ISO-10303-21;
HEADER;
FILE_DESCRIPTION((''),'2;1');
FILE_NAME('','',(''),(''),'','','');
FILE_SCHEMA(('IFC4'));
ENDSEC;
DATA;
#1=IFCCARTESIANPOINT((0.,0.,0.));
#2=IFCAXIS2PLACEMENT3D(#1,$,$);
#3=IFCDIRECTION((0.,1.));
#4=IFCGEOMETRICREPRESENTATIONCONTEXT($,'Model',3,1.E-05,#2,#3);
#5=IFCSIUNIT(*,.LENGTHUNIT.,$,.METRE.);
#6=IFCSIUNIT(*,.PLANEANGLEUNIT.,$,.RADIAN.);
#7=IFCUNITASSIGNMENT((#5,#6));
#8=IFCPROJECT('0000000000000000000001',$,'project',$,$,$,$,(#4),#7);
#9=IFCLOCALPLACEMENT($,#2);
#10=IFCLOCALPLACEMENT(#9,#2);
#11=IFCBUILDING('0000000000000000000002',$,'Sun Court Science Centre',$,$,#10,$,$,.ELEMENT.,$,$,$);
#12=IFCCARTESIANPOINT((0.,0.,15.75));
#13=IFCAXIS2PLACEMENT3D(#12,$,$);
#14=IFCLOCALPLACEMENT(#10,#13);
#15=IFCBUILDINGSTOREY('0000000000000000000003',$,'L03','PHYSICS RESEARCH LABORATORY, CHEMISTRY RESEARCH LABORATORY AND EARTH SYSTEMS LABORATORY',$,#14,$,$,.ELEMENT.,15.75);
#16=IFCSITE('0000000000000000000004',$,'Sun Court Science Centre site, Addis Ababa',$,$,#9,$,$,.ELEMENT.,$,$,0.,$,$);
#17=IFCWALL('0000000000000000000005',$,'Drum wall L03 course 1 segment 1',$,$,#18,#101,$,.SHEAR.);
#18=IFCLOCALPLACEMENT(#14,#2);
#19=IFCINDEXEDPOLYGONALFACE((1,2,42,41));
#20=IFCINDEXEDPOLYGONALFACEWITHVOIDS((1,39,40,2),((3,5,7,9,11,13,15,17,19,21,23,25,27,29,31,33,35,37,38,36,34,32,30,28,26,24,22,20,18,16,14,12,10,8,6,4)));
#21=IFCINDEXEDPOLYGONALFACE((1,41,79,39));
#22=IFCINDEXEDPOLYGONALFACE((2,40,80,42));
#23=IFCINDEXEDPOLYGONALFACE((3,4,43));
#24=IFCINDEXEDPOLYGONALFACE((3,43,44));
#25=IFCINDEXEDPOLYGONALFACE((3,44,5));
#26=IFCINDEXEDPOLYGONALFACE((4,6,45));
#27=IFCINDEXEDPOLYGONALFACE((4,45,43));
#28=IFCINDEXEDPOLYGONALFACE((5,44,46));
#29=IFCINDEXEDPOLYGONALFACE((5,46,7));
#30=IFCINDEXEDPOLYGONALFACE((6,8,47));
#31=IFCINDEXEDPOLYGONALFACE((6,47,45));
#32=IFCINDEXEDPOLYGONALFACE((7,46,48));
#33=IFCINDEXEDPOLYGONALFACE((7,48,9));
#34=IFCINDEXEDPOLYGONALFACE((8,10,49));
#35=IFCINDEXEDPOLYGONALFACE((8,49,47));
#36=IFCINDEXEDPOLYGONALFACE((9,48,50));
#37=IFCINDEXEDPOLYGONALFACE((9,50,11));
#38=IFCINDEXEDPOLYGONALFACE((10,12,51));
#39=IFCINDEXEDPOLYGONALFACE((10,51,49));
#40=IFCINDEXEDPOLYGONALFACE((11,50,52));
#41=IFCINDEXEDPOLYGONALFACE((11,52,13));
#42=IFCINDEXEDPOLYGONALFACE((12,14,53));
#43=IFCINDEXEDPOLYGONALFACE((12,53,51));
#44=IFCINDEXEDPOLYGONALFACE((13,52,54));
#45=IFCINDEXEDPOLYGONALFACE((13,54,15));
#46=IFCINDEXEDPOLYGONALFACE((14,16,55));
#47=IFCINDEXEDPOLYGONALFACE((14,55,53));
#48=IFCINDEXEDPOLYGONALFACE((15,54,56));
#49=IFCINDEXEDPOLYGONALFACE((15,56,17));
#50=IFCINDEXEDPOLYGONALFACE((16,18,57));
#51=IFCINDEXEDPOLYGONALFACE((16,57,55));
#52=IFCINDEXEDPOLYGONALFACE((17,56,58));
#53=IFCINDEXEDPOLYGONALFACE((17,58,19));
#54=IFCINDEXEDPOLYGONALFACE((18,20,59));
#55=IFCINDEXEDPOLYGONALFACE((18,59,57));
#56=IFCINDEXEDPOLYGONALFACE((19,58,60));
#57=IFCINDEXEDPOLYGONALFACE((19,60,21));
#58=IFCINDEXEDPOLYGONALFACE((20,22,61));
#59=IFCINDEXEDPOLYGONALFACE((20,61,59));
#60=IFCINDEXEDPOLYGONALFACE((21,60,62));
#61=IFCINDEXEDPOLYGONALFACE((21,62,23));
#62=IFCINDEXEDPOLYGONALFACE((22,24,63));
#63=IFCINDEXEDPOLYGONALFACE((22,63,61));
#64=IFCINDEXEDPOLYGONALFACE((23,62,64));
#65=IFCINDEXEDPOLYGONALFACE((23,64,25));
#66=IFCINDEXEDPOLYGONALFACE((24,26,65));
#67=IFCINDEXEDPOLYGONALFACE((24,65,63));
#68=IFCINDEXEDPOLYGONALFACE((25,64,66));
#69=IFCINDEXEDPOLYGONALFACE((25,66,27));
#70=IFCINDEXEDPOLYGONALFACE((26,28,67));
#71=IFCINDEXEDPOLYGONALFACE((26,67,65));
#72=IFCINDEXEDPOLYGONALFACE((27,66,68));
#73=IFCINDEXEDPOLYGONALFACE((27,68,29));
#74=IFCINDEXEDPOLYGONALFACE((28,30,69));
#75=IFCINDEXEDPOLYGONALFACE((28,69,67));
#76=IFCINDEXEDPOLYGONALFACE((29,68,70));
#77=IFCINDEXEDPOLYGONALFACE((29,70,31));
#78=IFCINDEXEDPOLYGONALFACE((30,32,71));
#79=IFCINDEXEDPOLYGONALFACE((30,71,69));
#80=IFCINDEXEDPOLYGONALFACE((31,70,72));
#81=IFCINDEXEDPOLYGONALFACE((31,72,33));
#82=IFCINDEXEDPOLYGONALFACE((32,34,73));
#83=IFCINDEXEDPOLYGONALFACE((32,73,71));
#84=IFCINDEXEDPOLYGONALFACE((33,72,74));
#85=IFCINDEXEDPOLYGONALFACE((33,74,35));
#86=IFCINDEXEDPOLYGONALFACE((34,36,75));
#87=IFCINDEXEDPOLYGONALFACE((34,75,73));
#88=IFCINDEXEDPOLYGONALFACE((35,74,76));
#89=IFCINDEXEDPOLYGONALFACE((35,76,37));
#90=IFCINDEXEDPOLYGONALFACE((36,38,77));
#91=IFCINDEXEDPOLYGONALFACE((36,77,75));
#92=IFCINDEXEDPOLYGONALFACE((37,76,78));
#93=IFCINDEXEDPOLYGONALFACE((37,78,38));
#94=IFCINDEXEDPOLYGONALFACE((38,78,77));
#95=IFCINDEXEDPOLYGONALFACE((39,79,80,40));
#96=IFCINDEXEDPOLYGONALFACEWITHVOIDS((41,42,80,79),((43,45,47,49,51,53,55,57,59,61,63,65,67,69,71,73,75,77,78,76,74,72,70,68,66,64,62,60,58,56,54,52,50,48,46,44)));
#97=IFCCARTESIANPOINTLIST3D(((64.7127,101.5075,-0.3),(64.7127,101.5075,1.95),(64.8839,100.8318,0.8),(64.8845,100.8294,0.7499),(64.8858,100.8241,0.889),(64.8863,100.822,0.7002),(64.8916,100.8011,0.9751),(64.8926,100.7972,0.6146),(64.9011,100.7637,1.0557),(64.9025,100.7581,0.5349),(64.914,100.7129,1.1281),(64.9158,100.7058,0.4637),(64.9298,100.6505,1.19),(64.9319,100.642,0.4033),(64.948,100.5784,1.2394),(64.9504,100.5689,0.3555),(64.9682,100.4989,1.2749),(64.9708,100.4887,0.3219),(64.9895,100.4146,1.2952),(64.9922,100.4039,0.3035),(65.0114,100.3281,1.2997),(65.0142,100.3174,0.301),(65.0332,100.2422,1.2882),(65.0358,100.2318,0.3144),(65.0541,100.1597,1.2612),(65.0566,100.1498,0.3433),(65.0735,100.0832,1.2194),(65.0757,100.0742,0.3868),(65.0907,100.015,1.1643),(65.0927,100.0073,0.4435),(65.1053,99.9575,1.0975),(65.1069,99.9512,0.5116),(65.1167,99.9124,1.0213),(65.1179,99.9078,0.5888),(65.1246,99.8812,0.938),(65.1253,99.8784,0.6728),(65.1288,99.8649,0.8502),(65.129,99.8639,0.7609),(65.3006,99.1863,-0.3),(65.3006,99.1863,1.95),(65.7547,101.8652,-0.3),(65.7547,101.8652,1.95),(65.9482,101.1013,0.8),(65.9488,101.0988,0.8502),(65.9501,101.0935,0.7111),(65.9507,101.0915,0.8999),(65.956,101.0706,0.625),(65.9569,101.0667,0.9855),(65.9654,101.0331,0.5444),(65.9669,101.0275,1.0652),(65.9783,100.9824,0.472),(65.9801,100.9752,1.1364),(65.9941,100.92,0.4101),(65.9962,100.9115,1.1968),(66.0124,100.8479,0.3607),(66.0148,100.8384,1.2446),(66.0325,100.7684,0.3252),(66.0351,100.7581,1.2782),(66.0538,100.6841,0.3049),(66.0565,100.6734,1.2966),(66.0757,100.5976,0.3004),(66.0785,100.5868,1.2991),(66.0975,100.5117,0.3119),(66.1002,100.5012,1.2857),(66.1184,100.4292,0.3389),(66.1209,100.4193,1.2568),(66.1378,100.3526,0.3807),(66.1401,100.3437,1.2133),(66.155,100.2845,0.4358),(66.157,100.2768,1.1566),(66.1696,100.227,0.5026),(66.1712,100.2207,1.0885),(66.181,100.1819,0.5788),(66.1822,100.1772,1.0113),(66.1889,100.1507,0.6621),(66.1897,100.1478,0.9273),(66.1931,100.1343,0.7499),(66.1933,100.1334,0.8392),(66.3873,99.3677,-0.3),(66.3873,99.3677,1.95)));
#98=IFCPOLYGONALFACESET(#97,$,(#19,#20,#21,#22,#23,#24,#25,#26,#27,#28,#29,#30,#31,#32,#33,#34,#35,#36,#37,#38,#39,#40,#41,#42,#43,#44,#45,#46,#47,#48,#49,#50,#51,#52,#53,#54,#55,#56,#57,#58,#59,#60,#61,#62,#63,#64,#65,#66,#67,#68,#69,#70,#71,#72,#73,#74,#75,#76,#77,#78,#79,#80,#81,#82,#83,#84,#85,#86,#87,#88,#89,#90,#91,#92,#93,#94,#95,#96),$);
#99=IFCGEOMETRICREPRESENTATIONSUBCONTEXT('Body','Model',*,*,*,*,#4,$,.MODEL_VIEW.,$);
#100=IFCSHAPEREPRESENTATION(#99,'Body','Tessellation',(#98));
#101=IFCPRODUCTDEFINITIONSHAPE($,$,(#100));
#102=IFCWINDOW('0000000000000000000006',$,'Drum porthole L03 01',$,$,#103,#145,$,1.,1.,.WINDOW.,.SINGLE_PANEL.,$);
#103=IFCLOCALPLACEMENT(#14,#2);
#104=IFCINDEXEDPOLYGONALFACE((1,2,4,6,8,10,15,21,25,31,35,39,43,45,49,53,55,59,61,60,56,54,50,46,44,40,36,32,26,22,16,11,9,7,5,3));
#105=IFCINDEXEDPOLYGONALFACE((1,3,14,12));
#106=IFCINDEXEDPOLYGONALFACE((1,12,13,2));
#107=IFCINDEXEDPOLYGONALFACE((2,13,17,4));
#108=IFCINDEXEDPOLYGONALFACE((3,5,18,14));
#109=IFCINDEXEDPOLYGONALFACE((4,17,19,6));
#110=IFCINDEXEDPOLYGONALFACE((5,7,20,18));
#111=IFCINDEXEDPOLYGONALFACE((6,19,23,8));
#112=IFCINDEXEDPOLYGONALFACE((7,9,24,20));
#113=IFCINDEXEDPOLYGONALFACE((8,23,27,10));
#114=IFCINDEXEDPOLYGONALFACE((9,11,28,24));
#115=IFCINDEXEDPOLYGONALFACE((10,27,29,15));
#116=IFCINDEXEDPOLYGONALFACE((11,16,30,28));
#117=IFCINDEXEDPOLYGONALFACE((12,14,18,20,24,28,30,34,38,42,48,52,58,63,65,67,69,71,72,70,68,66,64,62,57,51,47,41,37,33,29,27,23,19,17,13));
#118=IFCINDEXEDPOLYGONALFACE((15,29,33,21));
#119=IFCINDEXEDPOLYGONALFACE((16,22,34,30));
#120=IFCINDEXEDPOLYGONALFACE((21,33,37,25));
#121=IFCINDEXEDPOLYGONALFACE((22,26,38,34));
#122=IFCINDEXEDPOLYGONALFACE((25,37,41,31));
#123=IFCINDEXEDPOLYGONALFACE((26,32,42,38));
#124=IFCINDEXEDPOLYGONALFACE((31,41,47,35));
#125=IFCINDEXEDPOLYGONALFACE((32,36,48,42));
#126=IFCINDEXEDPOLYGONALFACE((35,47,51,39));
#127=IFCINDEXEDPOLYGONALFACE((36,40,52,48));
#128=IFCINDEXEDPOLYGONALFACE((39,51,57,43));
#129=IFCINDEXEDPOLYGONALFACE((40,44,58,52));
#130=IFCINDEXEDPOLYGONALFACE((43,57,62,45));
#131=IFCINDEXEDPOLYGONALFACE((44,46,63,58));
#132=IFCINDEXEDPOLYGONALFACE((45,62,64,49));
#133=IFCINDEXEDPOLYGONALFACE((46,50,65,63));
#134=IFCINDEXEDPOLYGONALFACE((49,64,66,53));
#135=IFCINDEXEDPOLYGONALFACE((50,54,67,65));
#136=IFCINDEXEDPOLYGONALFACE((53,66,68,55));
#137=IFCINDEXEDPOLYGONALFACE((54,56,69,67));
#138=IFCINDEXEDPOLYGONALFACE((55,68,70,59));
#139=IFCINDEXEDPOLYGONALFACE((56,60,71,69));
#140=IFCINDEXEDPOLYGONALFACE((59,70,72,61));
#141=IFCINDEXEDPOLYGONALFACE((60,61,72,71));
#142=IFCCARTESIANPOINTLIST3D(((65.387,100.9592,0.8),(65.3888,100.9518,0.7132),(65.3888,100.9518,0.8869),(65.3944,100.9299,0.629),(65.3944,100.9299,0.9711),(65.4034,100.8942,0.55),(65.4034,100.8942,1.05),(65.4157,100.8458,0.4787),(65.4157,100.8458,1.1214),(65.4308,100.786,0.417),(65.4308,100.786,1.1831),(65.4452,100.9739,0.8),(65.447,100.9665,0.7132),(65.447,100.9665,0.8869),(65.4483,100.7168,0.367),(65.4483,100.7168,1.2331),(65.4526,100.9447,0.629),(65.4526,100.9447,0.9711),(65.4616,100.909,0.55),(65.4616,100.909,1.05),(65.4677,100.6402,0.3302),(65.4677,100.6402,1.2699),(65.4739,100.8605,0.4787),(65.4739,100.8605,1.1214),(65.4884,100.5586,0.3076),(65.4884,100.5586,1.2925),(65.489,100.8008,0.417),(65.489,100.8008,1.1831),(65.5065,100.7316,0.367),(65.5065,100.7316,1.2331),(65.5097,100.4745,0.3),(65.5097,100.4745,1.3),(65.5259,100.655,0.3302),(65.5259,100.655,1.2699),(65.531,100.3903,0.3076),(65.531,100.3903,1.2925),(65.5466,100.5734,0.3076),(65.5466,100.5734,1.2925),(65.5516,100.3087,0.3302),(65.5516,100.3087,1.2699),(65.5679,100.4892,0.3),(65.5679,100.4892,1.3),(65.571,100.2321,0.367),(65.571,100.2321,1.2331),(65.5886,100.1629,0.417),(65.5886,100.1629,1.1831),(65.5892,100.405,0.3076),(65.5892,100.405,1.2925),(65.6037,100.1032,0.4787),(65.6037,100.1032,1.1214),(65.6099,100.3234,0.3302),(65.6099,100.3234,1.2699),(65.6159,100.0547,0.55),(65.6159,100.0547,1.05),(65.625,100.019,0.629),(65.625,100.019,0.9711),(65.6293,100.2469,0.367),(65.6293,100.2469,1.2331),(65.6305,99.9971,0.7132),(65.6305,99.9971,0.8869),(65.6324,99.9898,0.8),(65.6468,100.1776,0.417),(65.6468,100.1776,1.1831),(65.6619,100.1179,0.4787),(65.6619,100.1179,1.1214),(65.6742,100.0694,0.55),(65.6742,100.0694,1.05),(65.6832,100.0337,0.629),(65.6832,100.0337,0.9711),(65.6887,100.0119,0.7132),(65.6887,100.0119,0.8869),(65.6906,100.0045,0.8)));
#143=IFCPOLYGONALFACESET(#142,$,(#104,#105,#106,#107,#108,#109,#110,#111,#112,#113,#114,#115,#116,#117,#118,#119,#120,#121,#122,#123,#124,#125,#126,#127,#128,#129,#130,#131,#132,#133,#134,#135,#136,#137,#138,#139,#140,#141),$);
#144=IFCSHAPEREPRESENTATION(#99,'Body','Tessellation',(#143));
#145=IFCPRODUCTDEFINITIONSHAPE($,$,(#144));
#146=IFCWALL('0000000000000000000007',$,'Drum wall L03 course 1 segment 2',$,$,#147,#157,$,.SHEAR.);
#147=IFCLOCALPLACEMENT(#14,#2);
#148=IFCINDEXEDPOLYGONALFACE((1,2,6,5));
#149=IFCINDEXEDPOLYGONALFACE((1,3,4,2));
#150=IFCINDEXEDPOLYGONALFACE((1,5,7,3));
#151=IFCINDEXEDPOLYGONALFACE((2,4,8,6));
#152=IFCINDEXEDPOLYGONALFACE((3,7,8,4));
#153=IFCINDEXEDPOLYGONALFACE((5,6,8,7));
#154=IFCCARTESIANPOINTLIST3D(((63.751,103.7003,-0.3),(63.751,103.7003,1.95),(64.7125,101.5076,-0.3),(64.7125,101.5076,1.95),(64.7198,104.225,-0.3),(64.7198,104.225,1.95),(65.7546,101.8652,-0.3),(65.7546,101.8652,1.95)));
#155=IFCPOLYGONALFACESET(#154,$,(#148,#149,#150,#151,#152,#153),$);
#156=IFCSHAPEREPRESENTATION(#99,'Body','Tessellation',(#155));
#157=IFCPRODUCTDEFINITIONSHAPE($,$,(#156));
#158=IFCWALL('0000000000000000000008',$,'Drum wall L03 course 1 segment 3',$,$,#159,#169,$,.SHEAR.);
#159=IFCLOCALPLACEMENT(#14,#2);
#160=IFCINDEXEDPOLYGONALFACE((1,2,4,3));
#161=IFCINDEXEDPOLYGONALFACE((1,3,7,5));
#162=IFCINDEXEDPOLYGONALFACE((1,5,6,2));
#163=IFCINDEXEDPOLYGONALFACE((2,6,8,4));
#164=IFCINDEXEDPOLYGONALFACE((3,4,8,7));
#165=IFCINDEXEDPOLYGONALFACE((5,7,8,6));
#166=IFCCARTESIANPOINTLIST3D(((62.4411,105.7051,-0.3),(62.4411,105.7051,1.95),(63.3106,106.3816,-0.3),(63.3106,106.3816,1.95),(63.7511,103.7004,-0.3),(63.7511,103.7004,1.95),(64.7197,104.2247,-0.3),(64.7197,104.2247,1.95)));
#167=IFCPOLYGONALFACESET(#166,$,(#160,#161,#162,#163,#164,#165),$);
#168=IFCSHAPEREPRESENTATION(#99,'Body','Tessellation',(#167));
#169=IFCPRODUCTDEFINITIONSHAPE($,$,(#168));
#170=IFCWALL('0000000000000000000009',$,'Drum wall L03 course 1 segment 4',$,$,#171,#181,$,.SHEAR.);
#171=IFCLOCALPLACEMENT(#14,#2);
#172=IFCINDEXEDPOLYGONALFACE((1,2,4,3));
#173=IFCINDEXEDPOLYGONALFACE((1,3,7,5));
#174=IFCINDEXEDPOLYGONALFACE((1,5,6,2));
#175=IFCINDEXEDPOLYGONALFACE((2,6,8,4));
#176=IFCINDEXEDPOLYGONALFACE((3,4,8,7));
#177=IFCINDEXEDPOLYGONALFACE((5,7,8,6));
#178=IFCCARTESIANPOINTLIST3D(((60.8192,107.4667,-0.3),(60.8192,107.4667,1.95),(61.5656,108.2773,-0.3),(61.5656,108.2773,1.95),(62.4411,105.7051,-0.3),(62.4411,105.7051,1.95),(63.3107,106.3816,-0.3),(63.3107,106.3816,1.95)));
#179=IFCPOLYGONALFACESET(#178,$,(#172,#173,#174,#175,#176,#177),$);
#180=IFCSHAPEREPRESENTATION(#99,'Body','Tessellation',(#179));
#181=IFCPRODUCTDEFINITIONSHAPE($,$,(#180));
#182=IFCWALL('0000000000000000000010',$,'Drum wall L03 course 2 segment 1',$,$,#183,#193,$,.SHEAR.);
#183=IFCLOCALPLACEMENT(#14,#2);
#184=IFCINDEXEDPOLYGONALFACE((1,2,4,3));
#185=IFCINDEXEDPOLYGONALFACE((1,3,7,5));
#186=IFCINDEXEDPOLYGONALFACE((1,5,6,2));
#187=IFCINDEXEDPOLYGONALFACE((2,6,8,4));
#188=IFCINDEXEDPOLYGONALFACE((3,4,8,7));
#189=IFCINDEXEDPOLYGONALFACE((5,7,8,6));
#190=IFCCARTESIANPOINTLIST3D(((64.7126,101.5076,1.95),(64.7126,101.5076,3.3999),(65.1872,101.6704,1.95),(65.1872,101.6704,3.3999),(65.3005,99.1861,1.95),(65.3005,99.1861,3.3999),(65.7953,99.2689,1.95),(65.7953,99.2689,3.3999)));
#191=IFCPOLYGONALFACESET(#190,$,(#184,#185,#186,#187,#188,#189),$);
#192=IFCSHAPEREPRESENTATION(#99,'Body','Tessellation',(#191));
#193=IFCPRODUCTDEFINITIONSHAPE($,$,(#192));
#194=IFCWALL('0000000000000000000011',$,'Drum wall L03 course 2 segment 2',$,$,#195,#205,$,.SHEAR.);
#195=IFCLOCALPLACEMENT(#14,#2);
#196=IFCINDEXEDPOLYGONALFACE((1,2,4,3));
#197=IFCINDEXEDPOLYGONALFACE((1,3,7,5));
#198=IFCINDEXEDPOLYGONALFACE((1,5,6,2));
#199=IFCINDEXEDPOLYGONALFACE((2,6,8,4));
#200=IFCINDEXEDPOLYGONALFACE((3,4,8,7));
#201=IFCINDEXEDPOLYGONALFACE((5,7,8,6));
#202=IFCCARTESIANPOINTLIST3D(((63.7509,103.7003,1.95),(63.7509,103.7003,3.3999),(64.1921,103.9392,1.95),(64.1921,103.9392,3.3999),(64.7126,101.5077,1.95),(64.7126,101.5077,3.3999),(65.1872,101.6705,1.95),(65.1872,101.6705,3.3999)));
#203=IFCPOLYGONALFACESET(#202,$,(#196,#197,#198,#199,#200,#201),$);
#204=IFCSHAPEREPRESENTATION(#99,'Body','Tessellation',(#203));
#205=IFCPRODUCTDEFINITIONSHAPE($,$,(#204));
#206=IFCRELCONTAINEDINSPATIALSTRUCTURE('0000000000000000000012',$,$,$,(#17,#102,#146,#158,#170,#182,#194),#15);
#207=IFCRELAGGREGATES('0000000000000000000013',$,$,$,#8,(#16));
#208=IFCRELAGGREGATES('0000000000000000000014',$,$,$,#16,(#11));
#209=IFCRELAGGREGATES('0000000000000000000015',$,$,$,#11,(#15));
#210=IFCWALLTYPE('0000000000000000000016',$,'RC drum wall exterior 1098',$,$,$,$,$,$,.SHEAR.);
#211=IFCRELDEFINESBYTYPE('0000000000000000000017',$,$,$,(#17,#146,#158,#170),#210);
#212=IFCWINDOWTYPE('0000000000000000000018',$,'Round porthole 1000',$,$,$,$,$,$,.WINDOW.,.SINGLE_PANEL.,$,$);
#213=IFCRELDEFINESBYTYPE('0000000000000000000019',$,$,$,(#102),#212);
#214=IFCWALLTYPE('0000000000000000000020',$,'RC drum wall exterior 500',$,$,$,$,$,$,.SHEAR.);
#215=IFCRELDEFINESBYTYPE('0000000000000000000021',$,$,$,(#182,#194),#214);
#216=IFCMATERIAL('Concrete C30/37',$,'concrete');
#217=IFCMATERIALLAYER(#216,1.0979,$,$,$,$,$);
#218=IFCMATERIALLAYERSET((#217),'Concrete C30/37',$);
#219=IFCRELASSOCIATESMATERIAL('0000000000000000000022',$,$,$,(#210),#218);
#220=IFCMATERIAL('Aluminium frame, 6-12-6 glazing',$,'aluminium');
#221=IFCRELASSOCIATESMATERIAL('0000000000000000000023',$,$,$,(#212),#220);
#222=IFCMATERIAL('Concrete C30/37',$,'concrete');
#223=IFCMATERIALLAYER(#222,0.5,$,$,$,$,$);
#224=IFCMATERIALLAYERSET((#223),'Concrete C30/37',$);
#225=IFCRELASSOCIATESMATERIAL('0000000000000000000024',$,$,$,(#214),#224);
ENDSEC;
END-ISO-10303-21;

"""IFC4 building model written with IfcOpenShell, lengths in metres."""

from ifc_helpers import new_model, si_unit, direction, frame, frame_2d, origin, place, context, subcontext, project, spatial, polyline, circle, outline, extrude, material, layer, layer_set, type_object, element, fill, save


model = new_model("IFC4")

# Units and contexts
model_context = context("Model", 3, precision=1e-05, world=origin(), true_north=direction((0.0, 1.0)))
body_context = subcontext(model_context, "Body", "Model", "MODEL_VIEW")
ifc_project = project(units=[si_unit("LENGTHUNIT", "METRE"), si_unit("PLANEANGLEUNIT", "RADIAN")], contexts=[model_context])

# Site, building, storey
site_placement = place(None, origin())
site = spatial("IfcSite", under=ifc_project, at=site_placement, Name="Sun Court Science Centre site, Addis Ababa", CompositionType="ELEMENT", RefElevation=0.0)
building_placement = place(site_placement, origin())
building = spatial("IfcBuilding", under=site, at=building_placement, Name="Sun Court Science Centre", CompositionType="ELEMENT")
storey_placement = place(building_placement, frame((0.0, 0.0, 15.75)))
storey = spatial("IfcBuildingStorey", under=building, at=storey_placement, Name="L03", Description="PHYSICS RESEARCH LABORATORY, CHEMISTRY RESEARCH LABORATORY AND EARTH SYSTEMS LABORATORY", CompositionType="ELEMENT", Elevation=15.75)

# Wall, opening, window
ifc_material_1 = material(Name="Concrete C30/37", Category="concrete")
ifc_layer_1 = layer(ifc_material_1, 1.0979)
ifc_layer_set_1 = layer_set([ifc_layer_1], Name="Concrete C30/37")
wall_type_1 = type_object("IfcWallType", Name="RC drum wall exterior 1098", PredefinedType="SHEAR", material=ifc_layer_set_1)
wall_1_placement = place(storey_placement, frame((65.855, 99.2329, -0.3), z_axis=(0.0, 0.0, 1.0), x_axis=(-0.245433, 0.969414, 0.0)))
wall_1 = element("IfcWall", 1, at=wall_1_placement, inside=storey, type_object=wall_type_1, Name="Drum wall L03 course 1 segment 1", PredefinedType="SHEAR", context=body_context, shape_type="SweptSolid", body=[
    extrude(outline(polyline([(0.0, -0.5491), (2.5764, -0.5488), (2.4854, 0.5491), (0.0908, 0.5488), (0.0, -0.5491)])), origin(), (0.0, 0.0, 1.0), 2.25),
])
opening_placement = place(wall_1_placement, frame((0.7883, 0.0, 0.6001)))
opening = element("IfcOpeningElement", 2, at=opening_placement, cuts=wall_1, PredefinedType="OPENING", context=body_context, shape_type="SweptSolid", body=[
    extrude(circle(Radius=0.5, at=frame_2d((0.5, 0.5))), frame((0.0, 0.5588, 0.0), z_axis=(0.0, -1.0, 0.0), x_axis=(1.0, 0.0, 0.0)), (0.0, 0.0, 1.0), 1.1179),
])
ifc_material_2 = material(Name="Aluminium frame, 6-12-6 glazing", Category="aluminium")
window_type = type_object("IfcWindowType", Name="Round porthole 1000", PartitioningType="SINGLE_PANEL", PredefinedType="WINDOW", material=ifc_material_2)
window_placement = place(opening_placement, origin())
window = element("IfcWindow", 3, at=window_placement, inside=storey, type_object=window_type, Name="Drum porthole L03 01", OverallHeight=1.0, OverallWidth=1.0, PartitioningType="SINGLE_PANEL", PredefinedType="WINDOW", context=body_context, shape_type="SweptSolid", body=[
    extrude(circle(Radius=0.5, at=frame_2d((0.5, 0.5))), frame((0.0, 0.03, 0.0), z_axis=(0.0, -1.0, 0.0), x_axis=(1.0, 0.0, 0.0)), (0.0, 0.0, 1.0), 0.0601),
])
fill(opening, window)

# Walls
wall_2_placement = place(storey_placement, frame((65.252, 101.6448, -0.3), z_axis=(0.0, 0.0, 1.0), x_axis=(-0.401694, 0.915774, 0.0)))
element("IfcWall", 4, at=wall_2_placement, inside=storey, type_object=wall_type_1, Name="Drum wall L03 course 1 segment 2", PredefinedType="SHEAR", context=body_context, shape_type="SweptSolid", body=[
    extrude(outline(polyline([(0.0, -0.5488), (2.5767, -0.5491), (2.4854, 0.5488), (0.0911, 0.5491), (0.0, -0.5488)])), origin(), (0.0, 0.0, 1.0), 2.25),
])
wall_3_placement = place(storey_placement, frame((64.2603, 103.9246, -0.3), z_axis=(0.0, 0.0, 1.0), x_axis=(-0.546935, 0.837175, 0.0)))
element("IfcWall", 5, at=wall_3_placement, inside=storey, type_object=wall_type_1, Name="Drum wall L03 course 1 segment 3", PredefinedType="SHEAR", context=body_context, shape_type="SweptSolid", body=[
    extrude(outline(polyline([(0.0, -0.5488), (2.5764, -0.5488), (2.4856, 0.5491), (0.0908, 0.5488), (0.0, -0.5488)])), origin(), (0.0, 0.0, 1.0), 2.25),
])
wall_4_placement = place(storey_placement, frame((62.9067, 106.01, -0.3), z_axis=(0.0, 0.0, 1.0), x_axis=(-0.677319, 0.735689, 0.0)))
element("IfcWall", 6, at=wall_4_placement, inside=storey, type_object=wall_type_1, Name="Drum wall L03 course 1 segment 4", PredefinedType="SHEAR", context=body_context, shape_type="SweptSolid", body=[
    extrude(outline(polyline([(-0.0002, -0.5488), (2.5764, -0.5491), (2.4856, 0.5491), (0.0911, 0.5491), (-0.0002, -0.5488)])), origin(), (0.0, 0.0, 1.0), 2.25),
])
ifc_material_3 = material(Name="Concrete C30/37", Category="concrete")
ifc_layer_2 = layer(ifc_material_3, 0.5)
ifc_layer_set_2 = layer_set([ifc_layer_2], Name="Concrete C30/37")
wall_type_2 = type_object("IfcWallType", Name="RC drum wall exterior 500", PredefinedType="SHEAR", material=ifc_layer_set_2)
wall_5_placement = place(storey_placement, frame((65.553, 99.2075, 1.95), z_axis=(0.0, 0.0, 1.0), x_axis=(-0.245479, 0.969402, 0.0)))
element("IfcWall", 7, at=wall_5_placement, inside=storey, type_object=wall_type_2, Name="Drum wall L03 course 2 segment 1", PredefinedType="SHEAR", context=body_context, shape_type="SweptSolid", body=[
    extrude(outline(polyline([(0.0, -0.25), (2.4773, -0.25), (2.436, 0.25), (0.0413, 0.25), (0.0, -0.25)])), origin(), (0.0, 0.0, 1.0), 1.45),
])
wall_6_placement = place(storey_placement, frame((64.9583, 101.5701, 1.95), z_axis=(0.0, 0.0, 1.0), x_axis=(-0.401672, 0.915784, 0.0)))
element("IfcWall", 8, at=wall_6_placement, inside=storey, type_object=wall_type_2, Name="Drum wall L03 course 2 segment 2", PredefinedType="SHEAR", context=body_context, shape_type="SweptSolid", body=[
    extrude(outline(polyline([(0.0, -0.25), (2.4773, -0.25), (2.4358, 0.25), (0.0415, 0.25), (0.0, -0.25)])), origin(), (0.0, 0.0, 1.0), 1.45),
])

save(model, "model.ifc")
